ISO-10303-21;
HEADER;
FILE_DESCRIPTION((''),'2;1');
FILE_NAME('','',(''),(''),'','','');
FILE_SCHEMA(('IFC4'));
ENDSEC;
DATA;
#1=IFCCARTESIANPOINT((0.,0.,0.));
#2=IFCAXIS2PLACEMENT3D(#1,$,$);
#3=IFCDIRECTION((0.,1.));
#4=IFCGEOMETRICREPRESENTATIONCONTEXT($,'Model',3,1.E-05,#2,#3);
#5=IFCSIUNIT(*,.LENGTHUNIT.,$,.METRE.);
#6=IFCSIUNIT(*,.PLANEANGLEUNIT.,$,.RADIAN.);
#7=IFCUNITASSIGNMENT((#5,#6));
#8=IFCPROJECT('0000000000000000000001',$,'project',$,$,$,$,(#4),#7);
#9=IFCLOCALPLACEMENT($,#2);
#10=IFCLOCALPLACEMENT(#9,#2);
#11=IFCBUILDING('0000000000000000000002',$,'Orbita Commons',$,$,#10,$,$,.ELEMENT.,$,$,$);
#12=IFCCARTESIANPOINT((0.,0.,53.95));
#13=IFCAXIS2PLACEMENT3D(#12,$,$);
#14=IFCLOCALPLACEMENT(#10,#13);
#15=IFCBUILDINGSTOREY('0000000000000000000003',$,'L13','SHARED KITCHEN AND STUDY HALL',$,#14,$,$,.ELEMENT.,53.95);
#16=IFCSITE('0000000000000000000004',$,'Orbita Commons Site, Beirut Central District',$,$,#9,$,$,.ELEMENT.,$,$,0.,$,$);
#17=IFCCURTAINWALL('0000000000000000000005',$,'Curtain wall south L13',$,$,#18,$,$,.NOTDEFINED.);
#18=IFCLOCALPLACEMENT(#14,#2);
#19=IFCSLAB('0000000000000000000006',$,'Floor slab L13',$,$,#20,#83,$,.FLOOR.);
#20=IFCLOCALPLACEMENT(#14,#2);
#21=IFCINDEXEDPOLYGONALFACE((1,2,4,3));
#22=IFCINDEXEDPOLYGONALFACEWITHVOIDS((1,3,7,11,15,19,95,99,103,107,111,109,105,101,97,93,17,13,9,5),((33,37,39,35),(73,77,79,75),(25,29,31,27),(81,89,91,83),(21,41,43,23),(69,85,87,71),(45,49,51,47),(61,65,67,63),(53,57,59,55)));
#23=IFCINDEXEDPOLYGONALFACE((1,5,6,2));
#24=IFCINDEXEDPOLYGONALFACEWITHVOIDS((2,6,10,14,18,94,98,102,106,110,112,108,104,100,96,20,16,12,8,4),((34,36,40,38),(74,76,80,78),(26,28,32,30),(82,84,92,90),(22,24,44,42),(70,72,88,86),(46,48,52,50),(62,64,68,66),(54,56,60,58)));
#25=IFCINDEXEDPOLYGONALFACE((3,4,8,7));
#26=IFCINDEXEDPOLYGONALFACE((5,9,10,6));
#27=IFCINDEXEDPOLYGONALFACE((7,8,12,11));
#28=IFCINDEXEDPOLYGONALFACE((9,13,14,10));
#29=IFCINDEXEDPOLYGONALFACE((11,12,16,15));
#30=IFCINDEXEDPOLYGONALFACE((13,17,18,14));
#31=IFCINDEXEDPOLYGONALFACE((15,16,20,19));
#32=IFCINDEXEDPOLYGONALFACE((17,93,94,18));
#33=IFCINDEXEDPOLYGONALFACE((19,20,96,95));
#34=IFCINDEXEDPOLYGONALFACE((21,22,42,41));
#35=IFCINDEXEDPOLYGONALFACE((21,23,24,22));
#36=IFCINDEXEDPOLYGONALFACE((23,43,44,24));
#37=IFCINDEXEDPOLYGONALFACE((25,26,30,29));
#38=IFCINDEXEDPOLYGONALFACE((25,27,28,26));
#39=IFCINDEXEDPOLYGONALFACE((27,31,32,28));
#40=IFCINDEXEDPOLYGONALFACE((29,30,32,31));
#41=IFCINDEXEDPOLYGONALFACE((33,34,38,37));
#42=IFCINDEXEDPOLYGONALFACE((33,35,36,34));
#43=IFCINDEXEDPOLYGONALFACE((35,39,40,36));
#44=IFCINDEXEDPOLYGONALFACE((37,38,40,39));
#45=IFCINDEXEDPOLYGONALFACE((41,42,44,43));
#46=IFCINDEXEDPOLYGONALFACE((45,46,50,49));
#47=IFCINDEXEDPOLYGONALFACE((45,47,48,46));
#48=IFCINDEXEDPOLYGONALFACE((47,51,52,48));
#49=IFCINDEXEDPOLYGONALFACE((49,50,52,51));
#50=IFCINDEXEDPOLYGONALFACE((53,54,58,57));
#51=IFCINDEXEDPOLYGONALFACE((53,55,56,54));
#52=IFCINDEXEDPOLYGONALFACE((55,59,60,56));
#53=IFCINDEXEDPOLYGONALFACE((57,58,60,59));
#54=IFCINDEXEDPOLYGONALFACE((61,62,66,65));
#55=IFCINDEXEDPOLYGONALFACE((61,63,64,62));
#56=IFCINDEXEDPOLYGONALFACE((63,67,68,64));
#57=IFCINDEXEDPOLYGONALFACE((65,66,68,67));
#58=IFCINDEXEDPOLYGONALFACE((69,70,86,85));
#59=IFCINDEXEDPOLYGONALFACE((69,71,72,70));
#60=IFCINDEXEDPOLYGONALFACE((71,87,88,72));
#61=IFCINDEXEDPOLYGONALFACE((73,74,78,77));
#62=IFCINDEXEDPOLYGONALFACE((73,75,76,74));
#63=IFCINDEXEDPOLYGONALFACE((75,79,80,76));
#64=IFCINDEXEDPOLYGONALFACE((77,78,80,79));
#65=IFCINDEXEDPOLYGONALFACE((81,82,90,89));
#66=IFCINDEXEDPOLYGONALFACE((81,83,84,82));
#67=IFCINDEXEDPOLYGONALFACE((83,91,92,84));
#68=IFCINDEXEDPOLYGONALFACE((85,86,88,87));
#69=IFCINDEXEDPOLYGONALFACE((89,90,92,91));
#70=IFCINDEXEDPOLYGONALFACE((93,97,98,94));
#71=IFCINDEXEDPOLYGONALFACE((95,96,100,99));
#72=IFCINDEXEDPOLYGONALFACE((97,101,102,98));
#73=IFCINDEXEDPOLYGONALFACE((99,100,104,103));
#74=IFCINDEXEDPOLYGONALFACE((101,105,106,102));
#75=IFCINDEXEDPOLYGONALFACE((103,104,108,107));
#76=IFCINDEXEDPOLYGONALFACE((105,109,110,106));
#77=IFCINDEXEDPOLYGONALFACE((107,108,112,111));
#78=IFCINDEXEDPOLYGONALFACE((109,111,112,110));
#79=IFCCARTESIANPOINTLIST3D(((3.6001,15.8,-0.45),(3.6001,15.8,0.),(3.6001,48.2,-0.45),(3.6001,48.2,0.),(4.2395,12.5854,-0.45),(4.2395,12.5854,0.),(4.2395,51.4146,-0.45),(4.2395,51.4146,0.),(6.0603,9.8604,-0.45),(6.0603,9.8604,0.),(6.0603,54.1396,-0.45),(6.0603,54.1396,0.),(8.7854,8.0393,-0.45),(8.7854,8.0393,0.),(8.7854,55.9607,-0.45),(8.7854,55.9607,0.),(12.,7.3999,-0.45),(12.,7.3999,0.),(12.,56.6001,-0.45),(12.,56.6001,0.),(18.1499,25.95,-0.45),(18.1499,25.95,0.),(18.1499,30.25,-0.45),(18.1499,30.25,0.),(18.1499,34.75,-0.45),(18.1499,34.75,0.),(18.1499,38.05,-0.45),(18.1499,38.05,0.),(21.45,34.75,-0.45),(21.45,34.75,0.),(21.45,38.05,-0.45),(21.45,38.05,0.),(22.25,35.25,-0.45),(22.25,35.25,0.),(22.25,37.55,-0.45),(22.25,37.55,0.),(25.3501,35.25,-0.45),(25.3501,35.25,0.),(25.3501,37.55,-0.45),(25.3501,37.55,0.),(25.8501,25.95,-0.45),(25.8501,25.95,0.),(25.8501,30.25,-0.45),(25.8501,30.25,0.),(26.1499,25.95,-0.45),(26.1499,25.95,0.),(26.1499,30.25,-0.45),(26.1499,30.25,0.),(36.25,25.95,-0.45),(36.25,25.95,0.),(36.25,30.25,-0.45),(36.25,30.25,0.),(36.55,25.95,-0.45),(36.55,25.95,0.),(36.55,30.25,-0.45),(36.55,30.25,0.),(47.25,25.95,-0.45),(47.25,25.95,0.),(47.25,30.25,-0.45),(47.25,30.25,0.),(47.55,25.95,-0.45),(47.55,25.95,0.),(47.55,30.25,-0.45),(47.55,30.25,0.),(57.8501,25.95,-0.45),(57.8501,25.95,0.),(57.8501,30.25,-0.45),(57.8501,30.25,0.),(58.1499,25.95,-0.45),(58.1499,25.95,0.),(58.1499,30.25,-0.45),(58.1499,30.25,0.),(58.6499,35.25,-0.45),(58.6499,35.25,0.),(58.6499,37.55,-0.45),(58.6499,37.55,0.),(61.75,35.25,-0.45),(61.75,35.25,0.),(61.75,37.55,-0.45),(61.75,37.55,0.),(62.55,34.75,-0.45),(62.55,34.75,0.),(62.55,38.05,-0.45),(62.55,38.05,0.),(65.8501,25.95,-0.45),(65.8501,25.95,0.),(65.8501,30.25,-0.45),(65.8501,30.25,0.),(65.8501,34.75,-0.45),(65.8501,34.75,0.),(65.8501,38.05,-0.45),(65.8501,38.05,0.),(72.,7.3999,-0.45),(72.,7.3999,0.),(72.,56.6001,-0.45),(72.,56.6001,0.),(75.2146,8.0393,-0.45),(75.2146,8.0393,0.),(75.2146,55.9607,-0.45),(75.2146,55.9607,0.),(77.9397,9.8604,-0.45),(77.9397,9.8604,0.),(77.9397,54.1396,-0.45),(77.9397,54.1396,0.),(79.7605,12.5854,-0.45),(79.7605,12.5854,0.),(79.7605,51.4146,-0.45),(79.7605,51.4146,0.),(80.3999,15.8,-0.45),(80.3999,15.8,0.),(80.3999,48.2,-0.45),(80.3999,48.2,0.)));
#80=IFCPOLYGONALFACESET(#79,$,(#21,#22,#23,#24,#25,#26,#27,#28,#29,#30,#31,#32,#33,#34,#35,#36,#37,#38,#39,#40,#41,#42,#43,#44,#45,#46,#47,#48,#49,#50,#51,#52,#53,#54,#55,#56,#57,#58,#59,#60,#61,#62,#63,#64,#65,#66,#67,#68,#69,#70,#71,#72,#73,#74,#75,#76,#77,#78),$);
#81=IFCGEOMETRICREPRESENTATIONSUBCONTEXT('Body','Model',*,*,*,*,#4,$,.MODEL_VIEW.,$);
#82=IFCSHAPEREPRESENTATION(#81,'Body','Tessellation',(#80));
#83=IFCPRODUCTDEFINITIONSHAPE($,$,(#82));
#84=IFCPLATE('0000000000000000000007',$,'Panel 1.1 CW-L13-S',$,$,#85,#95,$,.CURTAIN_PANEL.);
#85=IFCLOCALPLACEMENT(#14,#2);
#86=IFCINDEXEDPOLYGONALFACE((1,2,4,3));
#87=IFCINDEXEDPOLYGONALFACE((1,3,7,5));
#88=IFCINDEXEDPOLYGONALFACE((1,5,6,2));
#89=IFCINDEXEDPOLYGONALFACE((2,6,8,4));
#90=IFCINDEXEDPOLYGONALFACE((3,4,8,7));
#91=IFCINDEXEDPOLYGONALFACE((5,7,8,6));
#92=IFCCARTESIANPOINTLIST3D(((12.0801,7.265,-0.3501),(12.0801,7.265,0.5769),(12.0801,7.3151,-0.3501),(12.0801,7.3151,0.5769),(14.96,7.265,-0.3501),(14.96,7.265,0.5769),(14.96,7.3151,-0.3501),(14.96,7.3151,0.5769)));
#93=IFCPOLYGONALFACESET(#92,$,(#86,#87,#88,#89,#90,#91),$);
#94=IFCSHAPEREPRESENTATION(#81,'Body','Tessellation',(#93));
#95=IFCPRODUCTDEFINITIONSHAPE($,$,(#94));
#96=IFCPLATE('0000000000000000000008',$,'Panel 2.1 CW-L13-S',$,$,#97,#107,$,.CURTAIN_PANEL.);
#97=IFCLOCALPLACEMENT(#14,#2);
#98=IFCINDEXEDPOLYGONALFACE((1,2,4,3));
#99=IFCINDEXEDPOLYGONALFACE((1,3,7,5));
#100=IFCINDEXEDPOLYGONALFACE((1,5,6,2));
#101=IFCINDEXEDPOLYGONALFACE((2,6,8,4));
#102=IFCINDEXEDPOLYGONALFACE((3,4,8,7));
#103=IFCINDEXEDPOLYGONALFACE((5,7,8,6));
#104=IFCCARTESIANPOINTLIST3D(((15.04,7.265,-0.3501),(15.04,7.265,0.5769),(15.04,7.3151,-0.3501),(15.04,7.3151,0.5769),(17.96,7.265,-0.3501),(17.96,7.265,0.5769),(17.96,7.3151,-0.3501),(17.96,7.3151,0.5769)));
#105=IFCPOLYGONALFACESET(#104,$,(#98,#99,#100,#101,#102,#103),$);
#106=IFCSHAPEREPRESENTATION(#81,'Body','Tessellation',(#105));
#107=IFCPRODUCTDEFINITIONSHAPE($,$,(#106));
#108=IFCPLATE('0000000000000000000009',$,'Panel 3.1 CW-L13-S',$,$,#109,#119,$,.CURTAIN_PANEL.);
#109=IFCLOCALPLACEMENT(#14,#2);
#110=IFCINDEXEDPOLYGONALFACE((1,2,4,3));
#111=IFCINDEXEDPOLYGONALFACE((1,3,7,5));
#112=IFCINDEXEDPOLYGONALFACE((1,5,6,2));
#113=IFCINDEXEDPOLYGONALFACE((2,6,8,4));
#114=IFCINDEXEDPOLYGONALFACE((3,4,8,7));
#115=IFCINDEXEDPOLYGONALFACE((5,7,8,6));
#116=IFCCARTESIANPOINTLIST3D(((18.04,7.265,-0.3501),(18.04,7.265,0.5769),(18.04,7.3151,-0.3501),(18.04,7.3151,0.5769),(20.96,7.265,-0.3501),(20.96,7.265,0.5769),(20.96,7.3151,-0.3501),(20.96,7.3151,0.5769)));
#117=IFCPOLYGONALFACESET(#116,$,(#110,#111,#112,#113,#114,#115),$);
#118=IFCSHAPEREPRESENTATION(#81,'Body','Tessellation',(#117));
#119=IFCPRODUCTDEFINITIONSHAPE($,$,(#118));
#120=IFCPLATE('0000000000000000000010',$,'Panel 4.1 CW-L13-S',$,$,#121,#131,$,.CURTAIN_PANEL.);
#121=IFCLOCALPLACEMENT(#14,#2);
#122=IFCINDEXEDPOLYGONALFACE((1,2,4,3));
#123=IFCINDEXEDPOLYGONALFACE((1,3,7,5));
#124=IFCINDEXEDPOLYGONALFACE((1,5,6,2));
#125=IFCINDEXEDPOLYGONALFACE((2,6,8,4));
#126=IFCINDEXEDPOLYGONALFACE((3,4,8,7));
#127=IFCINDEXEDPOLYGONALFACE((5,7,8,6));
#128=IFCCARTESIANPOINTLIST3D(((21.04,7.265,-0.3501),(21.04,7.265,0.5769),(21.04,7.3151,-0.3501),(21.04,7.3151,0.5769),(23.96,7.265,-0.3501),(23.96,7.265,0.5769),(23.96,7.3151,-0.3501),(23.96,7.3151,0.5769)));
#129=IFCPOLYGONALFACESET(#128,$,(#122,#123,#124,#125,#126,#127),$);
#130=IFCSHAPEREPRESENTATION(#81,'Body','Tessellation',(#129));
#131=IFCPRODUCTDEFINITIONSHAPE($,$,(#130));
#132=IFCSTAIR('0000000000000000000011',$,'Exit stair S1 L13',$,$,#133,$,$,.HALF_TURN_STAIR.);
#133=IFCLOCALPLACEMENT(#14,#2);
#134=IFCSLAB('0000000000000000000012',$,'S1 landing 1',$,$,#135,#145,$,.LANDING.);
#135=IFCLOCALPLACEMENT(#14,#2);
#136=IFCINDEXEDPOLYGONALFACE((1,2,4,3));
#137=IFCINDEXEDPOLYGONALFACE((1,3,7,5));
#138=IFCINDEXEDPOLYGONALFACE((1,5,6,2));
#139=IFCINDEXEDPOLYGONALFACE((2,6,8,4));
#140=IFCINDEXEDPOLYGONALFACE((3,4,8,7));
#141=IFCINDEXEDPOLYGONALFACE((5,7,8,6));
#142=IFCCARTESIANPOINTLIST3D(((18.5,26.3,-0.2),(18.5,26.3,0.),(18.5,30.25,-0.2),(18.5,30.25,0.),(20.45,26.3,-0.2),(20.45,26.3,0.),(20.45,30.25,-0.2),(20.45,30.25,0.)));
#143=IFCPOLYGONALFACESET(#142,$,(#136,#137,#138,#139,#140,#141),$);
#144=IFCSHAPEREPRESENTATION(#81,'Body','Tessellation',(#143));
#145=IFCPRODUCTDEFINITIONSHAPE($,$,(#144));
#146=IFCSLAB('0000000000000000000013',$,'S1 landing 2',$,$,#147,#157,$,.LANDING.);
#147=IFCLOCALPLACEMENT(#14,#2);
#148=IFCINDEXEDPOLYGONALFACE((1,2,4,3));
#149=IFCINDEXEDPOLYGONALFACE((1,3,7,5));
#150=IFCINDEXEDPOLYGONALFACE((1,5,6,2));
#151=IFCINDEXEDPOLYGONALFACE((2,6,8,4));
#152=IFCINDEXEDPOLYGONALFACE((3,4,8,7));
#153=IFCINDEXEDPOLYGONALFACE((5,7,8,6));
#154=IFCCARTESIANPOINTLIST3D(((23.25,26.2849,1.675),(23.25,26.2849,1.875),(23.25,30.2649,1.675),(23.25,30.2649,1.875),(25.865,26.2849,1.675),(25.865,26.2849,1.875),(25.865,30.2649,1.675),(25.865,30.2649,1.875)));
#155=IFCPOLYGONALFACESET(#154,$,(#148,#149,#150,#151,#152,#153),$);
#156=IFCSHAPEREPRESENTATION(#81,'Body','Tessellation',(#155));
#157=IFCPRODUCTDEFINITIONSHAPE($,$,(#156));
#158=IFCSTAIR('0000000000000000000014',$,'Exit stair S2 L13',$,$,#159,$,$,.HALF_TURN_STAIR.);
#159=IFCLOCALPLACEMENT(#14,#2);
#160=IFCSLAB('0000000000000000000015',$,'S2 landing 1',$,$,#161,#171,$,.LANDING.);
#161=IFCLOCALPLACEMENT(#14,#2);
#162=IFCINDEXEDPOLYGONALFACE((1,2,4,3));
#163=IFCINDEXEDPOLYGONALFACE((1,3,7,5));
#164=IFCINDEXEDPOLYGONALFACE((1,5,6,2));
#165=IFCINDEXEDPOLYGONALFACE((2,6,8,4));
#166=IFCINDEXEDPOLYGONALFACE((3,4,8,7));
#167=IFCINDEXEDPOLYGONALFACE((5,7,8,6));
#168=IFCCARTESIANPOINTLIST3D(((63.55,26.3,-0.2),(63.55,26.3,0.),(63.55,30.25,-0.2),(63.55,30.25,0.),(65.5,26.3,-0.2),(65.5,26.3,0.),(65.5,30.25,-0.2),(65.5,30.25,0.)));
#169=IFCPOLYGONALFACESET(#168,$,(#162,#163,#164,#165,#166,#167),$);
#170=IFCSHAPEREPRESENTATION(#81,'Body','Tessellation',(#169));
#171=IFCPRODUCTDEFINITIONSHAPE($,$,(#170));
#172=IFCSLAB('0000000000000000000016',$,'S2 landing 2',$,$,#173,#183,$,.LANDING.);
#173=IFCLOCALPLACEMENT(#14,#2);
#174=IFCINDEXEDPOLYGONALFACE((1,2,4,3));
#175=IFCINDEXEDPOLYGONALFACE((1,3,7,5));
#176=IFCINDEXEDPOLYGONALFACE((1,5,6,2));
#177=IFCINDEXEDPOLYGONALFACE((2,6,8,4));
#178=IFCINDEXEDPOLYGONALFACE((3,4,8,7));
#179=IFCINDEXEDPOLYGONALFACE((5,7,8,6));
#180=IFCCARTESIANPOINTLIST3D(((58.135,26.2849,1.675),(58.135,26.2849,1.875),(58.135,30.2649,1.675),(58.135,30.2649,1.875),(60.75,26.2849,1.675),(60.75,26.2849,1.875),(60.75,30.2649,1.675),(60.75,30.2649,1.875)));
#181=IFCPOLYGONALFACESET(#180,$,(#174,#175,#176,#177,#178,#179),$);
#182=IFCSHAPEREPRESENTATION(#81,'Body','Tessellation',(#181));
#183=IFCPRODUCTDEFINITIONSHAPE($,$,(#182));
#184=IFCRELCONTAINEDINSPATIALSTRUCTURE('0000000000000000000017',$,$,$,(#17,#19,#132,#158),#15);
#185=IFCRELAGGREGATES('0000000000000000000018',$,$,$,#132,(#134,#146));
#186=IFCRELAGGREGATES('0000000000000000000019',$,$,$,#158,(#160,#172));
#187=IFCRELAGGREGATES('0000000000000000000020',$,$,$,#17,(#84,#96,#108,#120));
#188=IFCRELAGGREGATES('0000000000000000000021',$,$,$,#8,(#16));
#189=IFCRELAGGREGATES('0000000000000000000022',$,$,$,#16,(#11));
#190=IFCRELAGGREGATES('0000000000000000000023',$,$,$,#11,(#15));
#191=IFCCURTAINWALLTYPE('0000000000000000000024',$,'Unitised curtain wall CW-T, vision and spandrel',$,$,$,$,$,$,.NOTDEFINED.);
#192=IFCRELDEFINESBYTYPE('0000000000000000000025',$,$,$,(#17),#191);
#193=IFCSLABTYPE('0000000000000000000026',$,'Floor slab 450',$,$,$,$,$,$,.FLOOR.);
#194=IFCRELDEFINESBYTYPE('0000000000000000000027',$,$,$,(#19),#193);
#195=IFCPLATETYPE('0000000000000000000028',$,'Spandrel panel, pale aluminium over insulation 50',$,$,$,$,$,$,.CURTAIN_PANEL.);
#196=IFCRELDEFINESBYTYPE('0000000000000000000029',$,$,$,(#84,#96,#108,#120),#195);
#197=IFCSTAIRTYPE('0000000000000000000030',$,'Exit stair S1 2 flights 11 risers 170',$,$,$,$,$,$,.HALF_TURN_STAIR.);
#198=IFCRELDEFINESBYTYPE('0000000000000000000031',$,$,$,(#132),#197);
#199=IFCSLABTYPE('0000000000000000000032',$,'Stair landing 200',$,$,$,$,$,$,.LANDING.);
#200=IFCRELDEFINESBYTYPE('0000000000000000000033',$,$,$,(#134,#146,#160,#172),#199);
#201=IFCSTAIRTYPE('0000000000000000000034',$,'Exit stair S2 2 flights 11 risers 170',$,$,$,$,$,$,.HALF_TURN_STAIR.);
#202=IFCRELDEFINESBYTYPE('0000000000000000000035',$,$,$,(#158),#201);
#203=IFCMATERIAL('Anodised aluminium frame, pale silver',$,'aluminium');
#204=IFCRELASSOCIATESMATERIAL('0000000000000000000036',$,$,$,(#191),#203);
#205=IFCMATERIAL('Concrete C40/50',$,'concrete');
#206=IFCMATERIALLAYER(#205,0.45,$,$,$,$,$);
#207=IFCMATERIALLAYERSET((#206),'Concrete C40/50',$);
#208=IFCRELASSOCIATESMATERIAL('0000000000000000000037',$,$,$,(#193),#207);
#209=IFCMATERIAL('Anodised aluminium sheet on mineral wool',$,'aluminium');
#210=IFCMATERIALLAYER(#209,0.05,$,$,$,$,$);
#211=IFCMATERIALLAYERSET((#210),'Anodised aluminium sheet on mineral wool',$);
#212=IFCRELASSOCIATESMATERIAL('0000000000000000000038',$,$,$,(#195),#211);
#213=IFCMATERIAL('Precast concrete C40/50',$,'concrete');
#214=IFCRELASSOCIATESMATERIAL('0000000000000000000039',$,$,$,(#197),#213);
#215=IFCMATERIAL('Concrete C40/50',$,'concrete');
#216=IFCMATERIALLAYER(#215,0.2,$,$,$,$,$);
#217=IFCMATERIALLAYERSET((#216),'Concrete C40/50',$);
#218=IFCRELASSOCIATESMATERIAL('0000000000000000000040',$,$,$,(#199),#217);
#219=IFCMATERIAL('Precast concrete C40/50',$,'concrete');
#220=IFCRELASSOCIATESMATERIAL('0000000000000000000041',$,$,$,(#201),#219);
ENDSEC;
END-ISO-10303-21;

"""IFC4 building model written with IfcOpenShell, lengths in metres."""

from ifc_helpers import new_model, si_unit, direction, frame, origin, origin_2d, place, context, subcontext, project, spatial, polyline, rectangle, outline, extrude, material, layer, layer_set, type_object, element, aggregate, save


model = new_model("IFC4")

# Units and contexts
model_context = context("Model", 3, precision=1e-05, world=origin(), true_north=direction((0.0, 1.0)))
body_context = subcontext(model_context, "Body", "Model", "MODEL_VIEW")
ifc_project = project(units=[si_unit("LENGTHUNIT", "METRE"), si_unit("PLANEANGLEUNIT", "RADIAN")], contexts=[model_context])

# Site, building, storey
site_placement = place(None, origin())
site = spatial("IfcSite", under=ifc_project, at=site_placement, Name="Orbita Commons Site, Beirut Central District", CompositionType="ELEMENT", RefElevation=0.0)
building_placement = place(site_placement, origin())
building = spatial("IfcBuilding", under=site, at=building_placement, Name="Orbita Commons", CompositionType="ELEMENT")
storey_placement = place(building_placement, frame((0.0, 0.0, 53.95)))
storey = spatial("IfcBuildingStorey", under=building, at=storey_placement, Name="L13", Description="SHARED KITCHEN AND STUDY HALL", CompositionType="ELEMENT", Elevation=53.95)

# Curtain wall
ifc_material_1 = material(Name="Anodised aluminium frame, pale silver", Category="aluminium")
curtain_wall_type = type_object("IfcCurtainWallType", Name="Unitised curtain wall CW-T, vision and spandrel", PredefinedType="NOTDEFINED", material=ifc_material_1)
curtain_wall_placement = place(storey_placement, origin())
curtain_wall = element("IfcCurtainWall", 1, at=curtain_wall_placement, inside=storey, type_object=curtain_wall_type, Name="Curtain wall south L13", PredefinedType="NOTDEFINED")

# Slab
ifc_material_2 = material(Name="Concrete C40/50", Category="concrete")
ifc_layer_1 = layer(ifc_material_2, 0.45)
ifc_layer_set_1 = layer_set([ifc_layer_1], Name="Concrete C40/50")
slab_type_1 = type_object("IfcSlabType", Name="Floor slab 450", PredefinedType="FLOOR", material=ifc_layer_set_1)
slab_1_placement = place(storey_placement, frame((0.0, 0.0, -0.45)))
element("IfcSlab", 2, at=slab_1_placement, inside=storey, type_object=slab_type_1, Name="Floor slab L13", PredefinedType="FLOOR", context=body_context, shape_type="SweptSolid", body=[
    extrude(outline(polyline([(72.0, 7.3999), (75.2146, 8.0393), (77.9397, 9.8604), (79.7605, 12.5854), (80.3999, 15.8), (80.3999, 48.2), (79.7605, 51.4146), (77.9397, 54.1396), (75.2146, 55.9607), (72.0, 56.6001), (12.0, 56.6001), (8.7854, 55.9607), (6.0603, 54.1396), (4.2395, 51.4146), (3.6001, 48.2), (3.6001, 15.8), (4.2395, 12.5854), (6.0603, 9.8604), (8.7854, 8.0393), (12.0, 7.3999), (72.0, 7.3999)]), holes=[polyline([(18.1499, 25.95), (25.8501, 25.95), (25.8501, 30.25), (18.1499, 30.25), (18.1499, 25.95)]), polyline([(58.1499, 25.95), (65.8501, 25.95), (65.8501, 30.25), (58.1499, 30.25), (58.1499, 25.95)]), polyline([(18.1499, 34.75), (21.45, 34.75), (21.45, 38.05), (18.1499, 38.05), (18.1499, 34.75)]), polyline([(62.55, 34.75), (65.8501, 34.75), (65.8501, 38.05), (62.55, 38.05), (62.55, 34.75)]), polyline([(22.25, 35.25), (25.3501, 35.25), (25.3501, 37.55), (22.25, 37.55), (22.25, 35.25)]), polyline([(58.6499, 35.25), (61.75, 35.25), (61.75, 37.55), (58.6499, 37.55), (58.6499, 35.25)]), polyline([(26.1499, 25.95), (36.25, 25.95), (36.25, 30.25), (26.1499, 30.25), (26.1499, 25.95)]), polyline([(36.55, 25.95), (47.25, 25.95), (47.25, 30.25), (36.55, 30.25), (36.55, 25.95)]), polyline([(47.55, 25.95), (57.8501, 25.95), (57.8501, 30.25), (47.55, 30.25), (47.55, 25.95)])]), origin(), (0.0, 0.0, 1.0), 0.45),
])

# Plates
ifc_material_3 = material(Name="Anodised aluminium sheet on mineral wool", Category="aluminium")
ifc_layer_2 = layer(ifc_material_3, 0.05)
ifc_layer_set_2 = layer_set([ifc_layer_2], Name="Anodised aluminium sheet on mineral wool")
plate_type_1 = type_object("IfcPlateType", Name="Spandrel panel, pale aluminium over insulation 50", PredefinedType="CURTAIN_PANEL", material=ifc_layer_set_2)
plate_1_placement = place(storey_placement, frame((13.52, 7.29, -0.3501), z_axis=(0.0, 0.0, 1.0), x_axis=(1.0, 0.0, 0.0)))
plate_1 = element("IfcPlate", 3, at=plate_1_placement, type_object=plate_type_1, Name="Panel 1.1 CW-L13-S", PredefinedType="CURTAIN_PANEL", context=body_context, shape_type="SweptSolid", body=[
    extrude(rectangle(XDim=2.8799, YDim=0.05, at=origin_2d()), origin(), (0.0, 0.0, 1.0), 0.927),
])
plate_2_placement = place(storey_placement, frame((16.5, 7.29, -0.3501), z_axis=(0.0, 0.0, 1.0), x_axis=(1.0, 0.0, 0.0)))
plate_2 = element("IfcPlate", 4, at=plate_2_placement, type_object=plate_type_1, Name="Panel 2.1 CW-L13-S", PredefinedType="CURTAIN_PANEL", context=body_context, shape_type="SweptSolid", body=[
    extrude(rectangle(XDim=2.9199, YDim=0.05, at=origin_2d()), origin(), (0.0, 0.0, 1.0), 0.927),
])
plate_3_placement = place(storey_placement, frame((19.5, 7.29, -0.3501), z_axis=(0.0, 0.0, 1.0), x_axis=(1.0, 0.0, 0.0)))
plate_3 = element("IfcPlate", 5, at=plate_3_placement, type_object=plate_type_1, Name="Panel 3.1 CW-L13-S", PredefinedType="CURTAIN_PANEL", context=body_context, shape_type="SweptSolid", body=[
    extrude(rectangle(XDim=2.9199, YDim=0.05, at=origin_2d()), origin(), (0.0, 0.0, 1.0), 0.927),
])
plate_4_placement = place(storey_placement, frame((22.5, 7.29, -0.3501), z_axis=(0.0, 0.0, 1.0), x_axis=(1.0, 0.0, 0.0)))
plate_4 = element("IfcPlate", 6, at=plate_4_placement, type_object=plate_type_1, Name="Panel 4.1 CW-L13-S", PredefinedType="CURTAIN_PANEL", context=body_context, shape_type="SweptSolid", body=[
    extrude(rectangle(XDim=2.9199, YDim=0.05, at=origin_2d()), origin(), (0.0, 0.0, 1.0), 0.927),
])

# Stairs, slabs
ifc_material_4 = material(Name="Precast concrete C40/50", Category="concrete")
stair_type_1 = type_object("IfcStairType", Name="Exit stair S1 2 flights 11 risers 170", PredefinedType="HALF_TURN_STAIR", material=ifc_material_4)
stair_1_placement = place(storey_placement, origin())
stair_1 = element("IfcStair", 7, at=stair_1_placement, inside=storey, type_object=stair_type_1, Name="Exit stair S1 L13", PredefinedType="HALF_TURN_STAIR")
ifc_material_5 = material(Name="Concrete C40/50", Category="concrete")
ifc_layer_3 = layer(ifc_material_5, 0.2)
ifc_layer_set_3 = layer_set([ifc_layer_3], Name="Concrete C40/50")
slab_type_2 = type_object("IfcSlabType", Name="Stair landing 200", PredefinedType="LANDING", material=ifc_layer_set_3)
slab_2_placement = place(storey_placement, frame((0.0, 0.0, -0.2)))
slab_2 = element("IfcSlab", 8, at=slab_2_placement, type_object=slab_type_2, Name="S1 landing 1", PredefinedType="LANDING", context=body_context, shape_type="SweptSolid", body=[
    extrude(outline(polyline([(18.5, 26.3), (20.45, 26.3), (20.45, 30.25), (18.5, 30.25), (18.5, 26.3)])), origin(), (0.0, 0.0, 1.0), 0.2),
])
slab_3_placement = place(storey_placement, frame((0.0, 0.0, 1.675)))
slab_3 = element("IfcSlab", 9, at=slab_3_placement, type_object=slab_type_2, Name="S1 landing 2", PredefinedType="LANDING", context=body_context, shape_type="SweptSolid", body=[
    extrude(outline(polyline([(23.25, 26.2849), (25.865, 26.2849), (25.865, 30.2649), (23.25, 30.2649), (23.25, 26.2849)])), origin(), (0.0, 0.0, 1.0), 0.2),
])
aggregate(stair_1, [slab_2, slab_3])
ifc_material_6 = material(Name="Precast concrete C40/50", Category="concrete")
stair_type_2 = type_object("IfcStairType", Name="Exit stair S2 2 flights 11 risers 170", PredefinedType="HALF_TURN_STAIR", material=ifc_material_6)
stair_2_placement = place(storey_placement, origin())
stair_2 = element("IfcStair", 10, at=stair_2_placement, inside=storey, type_object=stair_type_2, Name="Exit stair S2 L13", PredefinedType="HALF_TURN_STAIR")
slab_4_placement = place(storey_placement, frame((0.0, 0.0, -0.2)))
slab_4 = element("IfcSlab", 11, at=slab_4_placement, type_object=slab_type_2, Name="S2 landing 1", PredefinedType="LANDING", context=body_context, shape_type="SweptSolid", body=[
    extrude(outline(polyline([(63.55, 26.3), (65.5, 26.3), (65.5, 30.25), (63.55, 30.25), (63.55, 26.3)])), origin(), (0.0, 0.0, 1.0), 0.2),
])
slab_5_placement = place(storey_placement, frame((0.0, 0.0, 1.675)))
slab_5 = element("IfcSlab", 12, at=slab_5_placement, type_object=slab_type_2, Name="S2 landing 2", PredefinedType="LANDING", context=body_context, shape_type="SweptSolid", body=[
    extrude(outline(polyline([(58.135, 26.2849), (60.75, 26.2849), (60.75, 30.2649), (58.135, 30.2649), (58.135, 26.2849)])), origin(), (0.0, 0.0, 1.0), 0.2),
])
aggregate(stair_2, [slab_4, slab_5])

aggregate(curtain_wall, [plate_1, plate_2, plate_3, plate_4])

save(model, "model.ifc")
